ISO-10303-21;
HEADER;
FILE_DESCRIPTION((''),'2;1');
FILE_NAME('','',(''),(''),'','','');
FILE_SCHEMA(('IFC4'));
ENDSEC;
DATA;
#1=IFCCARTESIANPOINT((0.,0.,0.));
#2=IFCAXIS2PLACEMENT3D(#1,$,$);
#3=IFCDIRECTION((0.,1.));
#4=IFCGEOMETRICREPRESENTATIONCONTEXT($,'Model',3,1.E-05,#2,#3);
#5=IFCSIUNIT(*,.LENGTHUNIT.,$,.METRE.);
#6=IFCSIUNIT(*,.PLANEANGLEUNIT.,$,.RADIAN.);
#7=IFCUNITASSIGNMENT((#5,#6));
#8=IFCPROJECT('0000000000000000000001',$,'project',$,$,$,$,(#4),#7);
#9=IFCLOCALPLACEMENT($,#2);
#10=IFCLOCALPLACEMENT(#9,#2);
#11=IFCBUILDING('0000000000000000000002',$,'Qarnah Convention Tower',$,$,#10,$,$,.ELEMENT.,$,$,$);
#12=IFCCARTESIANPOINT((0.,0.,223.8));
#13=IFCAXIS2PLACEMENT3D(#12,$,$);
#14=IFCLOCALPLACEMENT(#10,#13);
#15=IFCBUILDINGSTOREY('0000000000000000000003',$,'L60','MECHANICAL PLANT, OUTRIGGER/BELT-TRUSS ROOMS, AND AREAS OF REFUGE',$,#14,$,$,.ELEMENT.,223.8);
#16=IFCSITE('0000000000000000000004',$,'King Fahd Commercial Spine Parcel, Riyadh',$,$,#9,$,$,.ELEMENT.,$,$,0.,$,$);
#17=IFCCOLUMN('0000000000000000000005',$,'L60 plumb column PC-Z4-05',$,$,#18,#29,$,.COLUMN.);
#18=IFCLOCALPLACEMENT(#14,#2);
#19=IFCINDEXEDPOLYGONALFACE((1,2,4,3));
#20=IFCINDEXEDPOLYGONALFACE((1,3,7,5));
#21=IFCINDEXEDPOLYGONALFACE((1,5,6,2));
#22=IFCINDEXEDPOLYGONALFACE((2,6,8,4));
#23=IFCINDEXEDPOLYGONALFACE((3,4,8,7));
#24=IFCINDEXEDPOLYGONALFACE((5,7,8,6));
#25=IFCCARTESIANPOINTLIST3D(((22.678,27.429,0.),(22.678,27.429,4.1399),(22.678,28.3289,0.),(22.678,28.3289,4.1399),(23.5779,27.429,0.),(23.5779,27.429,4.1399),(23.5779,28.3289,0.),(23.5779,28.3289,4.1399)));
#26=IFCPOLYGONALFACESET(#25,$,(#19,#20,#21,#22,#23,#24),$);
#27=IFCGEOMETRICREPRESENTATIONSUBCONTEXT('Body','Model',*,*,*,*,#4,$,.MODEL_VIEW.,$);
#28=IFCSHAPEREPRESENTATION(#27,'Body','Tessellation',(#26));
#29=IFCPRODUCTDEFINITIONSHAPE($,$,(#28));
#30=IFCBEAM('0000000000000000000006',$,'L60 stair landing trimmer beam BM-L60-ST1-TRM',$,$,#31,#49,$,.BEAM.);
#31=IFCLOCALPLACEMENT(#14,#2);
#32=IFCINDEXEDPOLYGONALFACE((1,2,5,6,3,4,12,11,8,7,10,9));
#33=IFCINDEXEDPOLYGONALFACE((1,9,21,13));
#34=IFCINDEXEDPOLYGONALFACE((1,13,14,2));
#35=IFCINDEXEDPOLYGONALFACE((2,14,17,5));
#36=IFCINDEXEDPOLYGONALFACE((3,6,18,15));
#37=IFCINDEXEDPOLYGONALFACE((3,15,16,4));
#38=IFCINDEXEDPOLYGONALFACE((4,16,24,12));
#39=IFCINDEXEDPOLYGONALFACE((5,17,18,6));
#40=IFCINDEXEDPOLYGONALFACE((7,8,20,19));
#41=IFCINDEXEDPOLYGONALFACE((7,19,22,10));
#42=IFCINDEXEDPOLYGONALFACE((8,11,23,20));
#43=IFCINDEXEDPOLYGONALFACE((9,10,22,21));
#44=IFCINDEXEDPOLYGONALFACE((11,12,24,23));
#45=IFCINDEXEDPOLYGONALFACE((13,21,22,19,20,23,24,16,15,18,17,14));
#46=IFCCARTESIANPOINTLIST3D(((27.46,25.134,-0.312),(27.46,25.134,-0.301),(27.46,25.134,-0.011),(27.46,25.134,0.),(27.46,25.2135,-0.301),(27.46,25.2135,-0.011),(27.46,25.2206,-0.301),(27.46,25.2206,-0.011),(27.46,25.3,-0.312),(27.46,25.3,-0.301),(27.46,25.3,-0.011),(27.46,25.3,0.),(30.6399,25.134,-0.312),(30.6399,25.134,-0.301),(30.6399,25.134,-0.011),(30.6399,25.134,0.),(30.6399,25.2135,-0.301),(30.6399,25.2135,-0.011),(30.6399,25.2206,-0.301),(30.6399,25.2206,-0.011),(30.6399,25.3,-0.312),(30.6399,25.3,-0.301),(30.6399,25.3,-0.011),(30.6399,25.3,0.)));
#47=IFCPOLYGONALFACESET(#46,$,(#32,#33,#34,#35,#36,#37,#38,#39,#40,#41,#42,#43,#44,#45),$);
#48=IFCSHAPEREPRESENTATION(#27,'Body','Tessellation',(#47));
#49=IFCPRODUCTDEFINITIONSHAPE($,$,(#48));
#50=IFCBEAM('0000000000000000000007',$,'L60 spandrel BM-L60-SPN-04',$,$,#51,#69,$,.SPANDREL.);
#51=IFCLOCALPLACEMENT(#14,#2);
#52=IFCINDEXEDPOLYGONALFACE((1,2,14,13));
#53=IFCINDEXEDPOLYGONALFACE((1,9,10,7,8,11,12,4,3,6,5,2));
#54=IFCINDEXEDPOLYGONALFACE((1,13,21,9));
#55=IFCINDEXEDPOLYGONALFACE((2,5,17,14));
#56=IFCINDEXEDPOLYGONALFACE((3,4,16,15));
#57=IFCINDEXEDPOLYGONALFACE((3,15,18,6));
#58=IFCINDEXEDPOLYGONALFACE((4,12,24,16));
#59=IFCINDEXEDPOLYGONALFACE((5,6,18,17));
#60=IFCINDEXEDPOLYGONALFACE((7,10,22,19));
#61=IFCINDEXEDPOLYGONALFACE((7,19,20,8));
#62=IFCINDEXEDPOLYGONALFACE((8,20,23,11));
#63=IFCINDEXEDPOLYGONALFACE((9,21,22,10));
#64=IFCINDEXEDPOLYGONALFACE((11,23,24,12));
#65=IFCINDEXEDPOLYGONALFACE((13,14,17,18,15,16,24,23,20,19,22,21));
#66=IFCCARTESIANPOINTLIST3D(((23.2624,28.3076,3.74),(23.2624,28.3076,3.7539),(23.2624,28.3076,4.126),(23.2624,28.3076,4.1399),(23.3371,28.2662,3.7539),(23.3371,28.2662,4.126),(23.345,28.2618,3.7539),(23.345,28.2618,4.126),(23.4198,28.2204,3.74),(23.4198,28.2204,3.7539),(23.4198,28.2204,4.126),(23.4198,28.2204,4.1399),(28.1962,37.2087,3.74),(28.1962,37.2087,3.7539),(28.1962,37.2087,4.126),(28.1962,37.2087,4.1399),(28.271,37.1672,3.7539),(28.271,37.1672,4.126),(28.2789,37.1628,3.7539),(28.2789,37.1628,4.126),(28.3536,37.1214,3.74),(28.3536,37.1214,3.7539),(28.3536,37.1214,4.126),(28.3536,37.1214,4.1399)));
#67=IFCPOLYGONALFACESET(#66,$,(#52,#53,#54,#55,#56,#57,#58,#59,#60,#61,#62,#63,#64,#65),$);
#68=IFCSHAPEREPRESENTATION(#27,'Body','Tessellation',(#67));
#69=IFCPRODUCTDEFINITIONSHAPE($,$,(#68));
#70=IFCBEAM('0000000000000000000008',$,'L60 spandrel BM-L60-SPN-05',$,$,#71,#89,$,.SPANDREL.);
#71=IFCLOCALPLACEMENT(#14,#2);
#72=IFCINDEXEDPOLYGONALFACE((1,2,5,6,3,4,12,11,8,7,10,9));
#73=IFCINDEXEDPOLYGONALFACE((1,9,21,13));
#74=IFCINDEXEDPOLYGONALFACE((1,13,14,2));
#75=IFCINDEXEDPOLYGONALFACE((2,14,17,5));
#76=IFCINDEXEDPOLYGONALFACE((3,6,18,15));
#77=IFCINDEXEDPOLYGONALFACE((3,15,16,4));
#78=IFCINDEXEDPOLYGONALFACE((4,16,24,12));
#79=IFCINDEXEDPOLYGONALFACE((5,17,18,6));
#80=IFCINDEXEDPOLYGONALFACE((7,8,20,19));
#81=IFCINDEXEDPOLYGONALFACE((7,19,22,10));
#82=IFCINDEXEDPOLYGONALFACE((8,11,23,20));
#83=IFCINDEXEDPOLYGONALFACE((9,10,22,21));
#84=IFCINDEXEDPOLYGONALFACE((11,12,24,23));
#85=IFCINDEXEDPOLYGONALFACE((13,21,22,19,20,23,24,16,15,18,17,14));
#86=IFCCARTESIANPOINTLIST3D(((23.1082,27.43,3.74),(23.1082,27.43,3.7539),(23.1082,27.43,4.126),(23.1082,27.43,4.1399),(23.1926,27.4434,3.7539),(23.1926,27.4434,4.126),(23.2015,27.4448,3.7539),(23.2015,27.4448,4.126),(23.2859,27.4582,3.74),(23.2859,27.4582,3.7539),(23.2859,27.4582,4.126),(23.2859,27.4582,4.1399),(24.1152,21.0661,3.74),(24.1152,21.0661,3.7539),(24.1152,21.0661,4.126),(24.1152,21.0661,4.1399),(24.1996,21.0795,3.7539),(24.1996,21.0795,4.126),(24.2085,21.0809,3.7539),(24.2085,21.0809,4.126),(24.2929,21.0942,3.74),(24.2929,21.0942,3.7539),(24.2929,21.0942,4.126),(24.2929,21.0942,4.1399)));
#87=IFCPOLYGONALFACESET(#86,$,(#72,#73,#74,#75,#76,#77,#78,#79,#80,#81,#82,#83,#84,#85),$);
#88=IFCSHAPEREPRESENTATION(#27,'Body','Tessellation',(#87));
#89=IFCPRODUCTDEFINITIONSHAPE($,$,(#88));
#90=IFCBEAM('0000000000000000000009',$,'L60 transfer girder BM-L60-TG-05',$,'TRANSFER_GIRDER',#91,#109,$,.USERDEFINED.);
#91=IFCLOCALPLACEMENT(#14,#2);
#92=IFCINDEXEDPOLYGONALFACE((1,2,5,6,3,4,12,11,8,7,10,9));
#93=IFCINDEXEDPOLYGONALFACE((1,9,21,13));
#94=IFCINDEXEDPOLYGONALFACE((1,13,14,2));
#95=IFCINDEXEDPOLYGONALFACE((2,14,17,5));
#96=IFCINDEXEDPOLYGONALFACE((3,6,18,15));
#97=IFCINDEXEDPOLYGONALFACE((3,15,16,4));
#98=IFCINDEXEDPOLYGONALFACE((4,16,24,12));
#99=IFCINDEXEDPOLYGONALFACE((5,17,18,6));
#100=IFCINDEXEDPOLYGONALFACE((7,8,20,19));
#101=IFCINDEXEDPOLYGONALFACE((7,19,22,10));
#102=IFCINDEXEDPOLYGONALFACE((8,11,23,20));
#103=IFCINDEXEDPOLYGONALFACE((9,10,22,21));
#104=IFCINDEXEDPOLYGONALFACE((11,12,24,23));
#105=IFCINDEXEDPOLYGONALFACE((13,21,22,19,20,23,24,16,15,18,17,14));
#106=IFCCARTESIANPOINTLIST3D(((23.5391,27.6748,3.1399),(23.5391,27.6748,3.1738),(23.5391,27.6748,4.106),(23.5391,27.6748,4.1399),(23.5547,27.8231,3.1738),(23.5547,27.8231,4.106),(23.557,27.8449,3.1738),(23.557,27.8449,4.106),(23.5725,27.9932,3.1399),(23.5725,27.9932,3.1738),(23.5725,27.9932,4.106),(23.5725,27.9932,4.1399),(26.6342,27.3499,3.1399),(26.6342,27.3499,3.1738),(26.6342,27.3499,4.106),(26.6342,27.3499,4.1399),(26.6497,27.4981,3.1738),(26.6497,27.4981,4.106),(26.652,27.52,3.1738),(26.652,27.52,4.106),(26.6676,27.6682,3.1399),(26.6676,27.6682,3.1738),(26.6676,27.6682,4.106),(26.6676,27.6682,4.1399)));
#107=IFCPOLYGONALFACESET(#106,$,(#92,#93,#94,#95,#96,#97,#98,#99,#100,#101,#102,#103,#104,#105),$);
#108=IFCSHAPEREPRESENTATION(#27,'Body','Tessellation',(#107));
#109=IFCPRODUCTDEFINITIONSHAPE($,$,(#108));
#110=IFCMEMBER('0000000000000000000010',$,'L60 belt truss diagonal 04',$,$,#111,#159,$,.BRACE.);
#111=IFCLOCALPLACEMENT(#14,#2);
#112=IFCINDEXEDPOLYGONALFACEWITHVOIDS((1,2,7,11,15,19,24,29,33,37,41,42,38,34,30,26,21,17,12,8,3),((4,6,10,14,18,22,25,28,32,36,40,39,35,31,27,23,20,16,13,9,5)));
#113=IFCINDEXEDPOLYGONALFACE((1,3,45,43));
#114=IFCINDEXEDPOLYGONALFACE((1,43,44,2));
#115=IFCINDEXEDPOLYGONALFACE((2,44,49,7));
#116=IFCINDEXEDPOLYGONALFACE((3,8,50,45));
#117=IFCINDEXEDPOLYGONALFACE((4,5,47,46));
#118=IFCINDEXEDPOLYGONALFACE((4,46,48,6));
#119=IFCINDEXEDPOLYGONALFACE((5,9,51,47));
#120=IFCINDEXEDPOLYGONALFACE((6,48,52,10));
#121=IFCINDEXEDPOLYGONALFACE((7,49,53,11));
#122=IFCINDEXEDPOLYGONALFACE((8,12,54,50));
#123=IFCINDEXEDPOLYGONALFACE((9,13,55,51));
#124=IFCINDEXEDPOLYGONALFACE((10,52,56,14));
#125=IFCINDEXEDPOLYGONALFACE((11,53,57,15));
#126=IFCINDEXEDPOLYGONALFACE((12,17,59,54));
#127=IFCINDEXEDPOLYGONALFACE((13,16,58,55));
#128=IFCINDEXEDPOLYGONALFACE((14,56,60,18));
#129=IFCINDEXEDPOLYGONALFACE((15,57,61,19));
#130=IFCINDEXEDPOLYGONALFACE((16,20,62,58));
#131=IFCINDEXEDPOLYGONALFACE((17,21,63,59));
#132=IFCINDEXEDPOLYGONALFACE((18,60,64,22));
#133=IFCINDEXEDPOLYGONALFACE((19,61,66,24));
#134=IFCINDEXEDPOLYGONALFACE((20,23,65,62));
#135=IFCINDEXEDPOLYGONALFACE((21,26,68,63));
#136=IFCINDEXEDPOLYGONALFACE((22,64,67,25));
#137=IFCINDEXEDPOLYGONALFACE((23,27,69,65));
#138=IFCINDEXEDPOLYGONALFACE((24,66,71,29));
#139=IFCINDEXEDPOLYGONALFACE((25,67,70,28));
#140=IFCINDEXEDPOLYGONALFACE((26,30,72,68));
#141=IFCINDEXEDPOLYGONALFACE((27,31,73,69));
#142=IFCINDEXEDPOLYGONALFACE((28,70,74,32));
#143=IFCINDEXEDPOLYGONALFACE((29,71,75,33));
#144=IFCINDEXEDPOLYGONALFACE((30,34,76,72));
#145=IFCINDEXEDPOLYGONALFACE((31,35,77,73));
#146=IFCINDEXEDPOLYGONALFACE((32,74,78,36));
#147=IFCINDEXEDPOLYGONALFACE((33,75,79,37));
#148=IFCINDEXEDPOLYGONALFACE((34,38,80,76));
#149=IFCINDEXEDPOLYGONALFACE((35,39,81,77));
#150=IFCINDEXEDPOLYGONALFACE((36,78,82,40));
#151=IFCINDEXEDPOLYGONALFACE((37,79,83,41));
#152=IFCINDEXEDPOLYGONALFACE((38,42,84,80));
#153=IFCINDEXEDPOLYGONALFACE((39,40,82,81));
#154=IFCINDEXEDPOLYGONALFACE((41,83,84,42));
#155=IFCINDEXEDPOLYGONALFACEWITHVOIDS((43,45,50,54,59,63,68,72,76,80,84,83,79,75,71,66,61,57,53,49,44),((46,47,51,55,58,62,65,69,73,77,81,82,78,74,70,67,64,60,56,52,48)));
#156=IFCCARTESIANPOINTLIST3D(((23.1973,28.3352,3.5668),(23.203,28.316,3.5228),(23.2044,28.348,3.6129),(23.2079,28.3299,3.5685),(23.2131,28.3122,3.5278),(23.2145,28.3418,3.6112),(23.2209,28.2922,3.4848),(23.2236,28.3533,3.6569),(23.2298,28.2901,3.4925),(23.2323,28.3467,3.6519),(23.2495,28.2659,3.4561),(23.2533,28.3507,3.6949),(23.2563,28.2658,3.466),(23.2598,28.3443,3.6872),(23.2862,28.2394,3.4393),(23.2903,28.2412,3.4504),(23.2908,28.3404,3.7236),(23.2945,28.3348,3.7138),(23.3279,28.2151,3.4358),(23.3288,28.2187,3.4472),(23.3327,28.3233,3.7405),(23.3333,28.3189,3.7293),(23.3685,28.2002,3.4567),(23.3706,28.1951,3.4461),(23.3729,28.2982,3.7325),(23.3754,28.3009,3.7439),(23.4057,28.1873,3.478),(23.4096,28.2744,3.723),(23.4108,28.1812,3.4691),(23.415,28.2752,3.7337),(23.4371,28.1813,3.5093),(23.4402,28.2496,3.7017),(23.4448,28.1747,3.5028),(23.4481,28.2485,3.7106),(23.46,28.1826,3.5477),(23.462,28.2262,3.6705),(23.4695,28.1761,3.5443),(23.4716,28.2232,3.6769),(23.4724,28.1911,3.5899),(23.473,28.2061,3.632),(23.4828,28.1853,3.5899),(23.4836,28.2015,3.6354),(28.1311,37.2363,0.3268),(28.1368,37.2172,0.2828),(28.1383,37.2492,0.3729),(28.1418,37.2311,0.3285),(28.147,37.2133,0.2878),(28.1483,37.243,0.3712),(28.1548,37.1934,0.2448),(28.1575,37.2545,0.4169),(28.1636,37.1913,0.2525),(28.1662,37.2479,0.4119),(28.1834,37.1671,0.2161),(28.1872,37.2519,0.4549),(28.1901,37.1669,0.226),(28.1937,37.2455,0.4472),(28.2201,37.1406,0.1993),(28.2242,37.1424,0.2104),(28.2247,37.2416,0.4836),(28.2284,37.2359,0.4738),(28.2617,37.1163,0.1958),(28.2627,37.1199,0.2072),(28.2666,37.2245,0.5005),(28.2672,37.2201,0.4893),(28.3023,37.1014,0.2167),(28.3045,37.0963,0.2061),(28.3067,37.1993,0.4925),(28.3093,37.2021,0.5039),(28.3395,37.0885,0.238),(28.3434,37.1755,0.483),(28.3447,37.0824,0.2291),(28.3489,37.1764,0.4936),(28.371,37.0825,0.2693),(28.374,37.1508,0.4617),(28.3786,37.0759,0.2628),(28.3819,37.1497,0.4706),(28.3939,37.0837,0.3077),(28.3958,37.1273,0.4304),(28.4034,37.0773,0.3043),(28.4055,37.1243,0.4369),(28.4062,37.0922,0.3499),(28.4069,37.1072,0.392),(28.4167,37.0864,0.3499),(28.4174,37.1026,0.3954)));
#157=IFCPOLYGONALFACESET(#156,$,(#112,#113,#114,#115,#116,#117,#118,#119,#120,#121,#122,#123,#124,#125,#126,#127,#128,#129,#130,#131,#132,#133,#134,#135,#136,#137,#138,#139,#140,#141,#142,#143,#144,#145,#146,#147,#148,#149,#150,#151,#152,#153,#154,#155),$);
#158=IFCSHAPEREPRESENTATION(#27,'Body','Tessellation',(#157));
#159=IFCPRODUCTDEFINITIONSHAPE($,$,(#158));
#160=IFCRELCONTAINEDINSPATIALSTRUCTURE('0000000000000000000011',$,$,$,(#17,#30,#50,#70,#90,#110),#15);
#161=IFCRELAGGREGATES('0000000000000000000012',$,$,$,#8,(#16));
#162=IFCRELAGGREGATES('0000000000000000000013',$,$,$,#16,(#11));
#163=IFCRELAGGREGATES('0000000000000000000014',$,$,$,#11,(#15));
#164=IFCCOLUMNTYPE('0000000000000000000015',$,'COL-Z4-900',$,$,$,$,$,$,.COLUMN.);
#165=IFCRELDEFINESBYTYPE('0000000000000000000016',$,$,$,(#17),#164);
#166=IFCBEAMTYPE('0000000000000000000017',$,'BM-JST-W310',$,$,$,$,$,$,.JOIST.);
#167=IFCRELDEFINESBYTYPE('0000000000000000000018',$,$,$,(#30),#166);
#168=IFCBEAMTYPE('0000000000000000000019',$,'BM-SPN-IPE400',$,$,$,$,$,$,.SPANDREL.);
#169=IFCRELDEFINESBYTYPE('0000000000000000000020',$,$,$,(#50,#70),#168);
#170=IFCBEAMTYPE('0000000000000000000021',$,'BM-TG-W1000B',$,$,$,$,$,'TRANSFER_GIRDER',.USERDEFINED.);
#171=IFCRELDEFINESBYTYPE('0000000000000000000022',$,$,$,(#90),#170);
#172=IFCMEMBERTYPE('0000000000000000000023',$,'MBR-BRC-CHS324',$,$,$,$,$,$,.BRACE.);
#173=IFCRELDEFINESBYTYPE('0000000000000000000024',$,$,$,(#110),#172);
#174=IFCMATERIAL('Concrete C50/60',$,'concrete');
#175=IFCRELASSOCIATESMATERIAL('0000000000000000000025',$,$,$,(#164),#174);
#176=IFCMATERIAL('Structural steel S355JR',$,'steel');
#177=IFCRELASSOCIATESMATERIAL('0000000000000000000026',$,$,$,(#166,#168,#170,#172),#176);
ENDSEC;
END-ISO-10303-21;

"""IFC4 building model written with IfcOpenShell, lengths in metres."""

from ifc_helpers import new_model, si_unit, direction, frame, origin, origin_2d, place, context, subcontext, project, spatial, rectangle, hollow_circle, i_section, extrude, material, material_profile, profile_set, type_object, element, save


model = new_model("IFC4")

# Units and contexts
model_context = context("Model", 3, precision=1e-05, world=origin(), true_north=direction((0.0, 1.0)))
body_context = subcontext(model_context, "Body", "Model", "MODEL_VIEW")
ifc_project = project(units=[si_unit("LENGTHUNIT", "METRE"), si_unit("PLANEANGLEUNIT", "RADIAN")], contexts=[model_context])

# Site, building, storey
site_placement = place(None, origin())
site = spatial("IfcSite", under=ifc_project, at=site_placement, Name="King Fahd Commercial Spine Parcel, Riyadh", CompositionType="ELEMENT", RefElevation=0.0)
building_placement = place(site_placement, origin())
building = spatial("IfcBuilding", under=site, at=building_placement, Name="Qarnah Convention Tower", CompositionType="ELEMENT")
storey_placement = place(building_placement, frame((0.0, 0.0, 223.8)))
storey = spatial("IfcBuildingStorey", under=building, at=storey_placement, Name="L60", Description="MECHANICAL PLANT, OUTRIGGER/BELT-TRUSS ROOMS, AND AREAS OF REFUGE", CompositionType="ELEMENT", Elevation=223.8)

# Column
ifc_material_1 = material(Name="Concrete C50/60", Category="concrete")
ifc_material_profile_1 = material_profile(ifc_material_1, rectangle(XDim=0.8999, YDim=0.8999, at=origin_2d()), Name="RC-COL-900X900")
ifc_profile_set_1 = profile_set([ifc_material_profile_1], Name="Concrete C50/60")
column_type = type_object("IfcColumnType", Name="COL-Z4-900", PredefinedType="COLUMN", material=ifc_profile_set_1)
column_placement = place(storey_placement, frame((23.1279, 27.8789, 0.0), z_axis=(0.0, 0.0, 1.0), x_axis=(1.0, 0.0, 0.0)))
element("IfcColumn", 1, at=column_placement, inside=storey, type_object=column_type, Name="L60 plumb column PC-Z4-05", PredefinedType="COLUMN", context=body_context, shape_type="SweptSolid", body=[
    extrude(rectangle(XDim=0.8999, YDim=0.8999, at=origin_2d()), origin(), (0.0, 0.0, 1.0), 4.1399),
])

# Beams
ifc_material_2 = material(Name="Structural steel S355JR", Category="steel")
ifc_material_profile_2 = material_profile(ifc_material_2, i_section(OverallWidth=0.166, OverallDepth=0.312, WebThickness=0.0071, FlangeThickness=0.011, at=origin_2d()), Name="W310X45")
ifc_profile_set_2 = profile_set([ifc_material_profile_2], Name="Structural steel S355JR")
beam_type_1 = type_object("IfcBeamType", Name="BM-JST-W310", PredefinedType="JOIST", material=ifc_profile_set_2)
beam_1_placement = place(storey_placement, frame((27.46, 25.217, -0.156), z_axis=(1.0, 0.0, 0.0), x_axis=(0.0, 1.0, 0.0)))
element("IfcBeam", 2, at=beam_1_placement, inside=storey, type_object=beam_type_1, Name="L60 stair landing trimmer beam BM-L60-ST1-TRM", PredefinedType="BEAM", context=body_context, shape_type="SweptSolid", body=[
    extrude(i_section(OverallWidth=0.166, OverallDepth=0.312, WebThickness=0.0071, FlangeThickness=0.011, at=origin_2d()), origin(), (0.0, 0.0, 1.0), 3.1799),
])
ifc_material_profile_3 = material_profile(ifc_material_2, i_section(OverallWidth=0.1799, OverallDepth=0.3999, WebThickness=0.009, FlangeThickness=0.0139, at=origin_2d()), Name="IPE400")
ifc_profile_set_3 = profile_set([ifc_material_profile_3], Name="Structural steel S355JR")
beam_type_2 = type_object("IfcBeamType", Name="BM-SPN-IPE400", PredefinedType="SPANDREL", material=ifc_profile_set_3)
beam_2_placement = place(storey_placement, frame((28.2749, 37.165, 3.9399), z_axis=(-0.484799, -0.874625, 0.0), x_axis=(0.874625, -0.484799, 0.0)))
element("IfcBeam", 3, at=beam_2_placement, inside=storey, type_object=beam_type_2, Name="L60 spandrel BM-L60-SPN-04", PredefinedType="SPANDREL", context=body_context, shape_type="SweptSolid", body=[
    extrude(i_section(OverallWidth=0.1799, OverallDepth=0.3999, WebThickness=0.009, FlangeThickness=0.0139, at=origin_2d()), origin(), (0.0, 0.0, 1.0), 10.177),
])
beam_3_placement = place(storey_placement, frame((23.197, 27.4441, 3.9399), z_axis=(0.156301, -0.987709, 0.0), x_axis=(0.987709, 0.156301, 0.0)))
element("IfcBeam", 4, at=beam_3_placement, inside=storey, type_object=beam_type_2, Name="L60 spandrel BM-L60-SPN-05", PredefinedType="SPANDREL", context=body_context, shape_type="SweptSolid", body=[
    extrude(i_section(OverallWidth=0.1799, OverallDepth=0.3999, WebThickness=0.009, FlangeThickness=0.0139, at=origin_2d()), origin(), (0.0, 0.0, 1.0), 6.4431),
])
ifc_material_profile_4 = material_profile(ifc_material_2, i_section(OverallWidth=0.3201, OverallDepth=1.0, WebThickness=0.022, FlangeThickness=0.0339, at=origin_2d()), Name="W1000X371")
ifc_profile_set_4 = profile_set([ifc_material_profile_4], Name="Structural steel S355JR")
beam_type_3 = type_object("IfcBeamType", Name="BM-TG-W1000B", ElementType="TRANSFER_GIRDER", PredefinedType="USERDEFINED", material=ifc_profile_set_4)
beam_4_placement = place(storey_placement, frame((26.6509, 27.509, 3.6399), z_axis=(-0.994533, 0.104419, 0.0), x_axis=(-0.104419, -0.994533, 0.0)))
element("IfcBeam", 5, at=beam_4_placement, inside=storey, type_object=beam_type_3, Name="L60 transfer girder BM-L60-TG-05", ObjectType="TRANSFER_GIRDER", PredefinedType="USERDEFINED", context=body_context, shape_type="SweptSolid", body=[
    extrude(i_section(OverallWidth=0.3201, OverallDepth=1.0, WebThickness=0.022, FlangeThickness=0.0339, at=origin_2d()), origin(), (0.0, 0.0, 1.0), 3.1121),
])

# Member
ifc_material_profile_5 = material_profile(ifc_material_2, hollow_circle(Radius=0.1621, WallThickness=0.012, at=origin_2d()), Name="CHS324X12")
ifc_profile_set_5 = profile_set([ifc_material_profile_5], Name="Structural steel S355JR")
member_type_1 = type_object("IfcMemberType", Name="MBR-BRC-CHS324", PredefinedType="BRACE", material=ifc_profile_set_5)
member_1_placement = place(storey_placement, frame((28.2749, 37.165, 0.3499), z_axis=(-0.461954, -0.83341, 0.303359), x_axis=(0.874625, -0.484799, 0.0)))
element("IfcMember", 6, at=member_1_placement, inside=storey, type_object=member_type_1, Name="L60 belt truss diagonal 04", PredefinedType="BRACE", context=body_context, shape_type="SweptSolid", body=[
    extrude(hollow_circle(Radius=0.1621, WallThickness=0.012, at=origin_2d()), origin(), (0.0, 0.0, 1.0), 10.6804),
])

save(model, "model.ifc")
